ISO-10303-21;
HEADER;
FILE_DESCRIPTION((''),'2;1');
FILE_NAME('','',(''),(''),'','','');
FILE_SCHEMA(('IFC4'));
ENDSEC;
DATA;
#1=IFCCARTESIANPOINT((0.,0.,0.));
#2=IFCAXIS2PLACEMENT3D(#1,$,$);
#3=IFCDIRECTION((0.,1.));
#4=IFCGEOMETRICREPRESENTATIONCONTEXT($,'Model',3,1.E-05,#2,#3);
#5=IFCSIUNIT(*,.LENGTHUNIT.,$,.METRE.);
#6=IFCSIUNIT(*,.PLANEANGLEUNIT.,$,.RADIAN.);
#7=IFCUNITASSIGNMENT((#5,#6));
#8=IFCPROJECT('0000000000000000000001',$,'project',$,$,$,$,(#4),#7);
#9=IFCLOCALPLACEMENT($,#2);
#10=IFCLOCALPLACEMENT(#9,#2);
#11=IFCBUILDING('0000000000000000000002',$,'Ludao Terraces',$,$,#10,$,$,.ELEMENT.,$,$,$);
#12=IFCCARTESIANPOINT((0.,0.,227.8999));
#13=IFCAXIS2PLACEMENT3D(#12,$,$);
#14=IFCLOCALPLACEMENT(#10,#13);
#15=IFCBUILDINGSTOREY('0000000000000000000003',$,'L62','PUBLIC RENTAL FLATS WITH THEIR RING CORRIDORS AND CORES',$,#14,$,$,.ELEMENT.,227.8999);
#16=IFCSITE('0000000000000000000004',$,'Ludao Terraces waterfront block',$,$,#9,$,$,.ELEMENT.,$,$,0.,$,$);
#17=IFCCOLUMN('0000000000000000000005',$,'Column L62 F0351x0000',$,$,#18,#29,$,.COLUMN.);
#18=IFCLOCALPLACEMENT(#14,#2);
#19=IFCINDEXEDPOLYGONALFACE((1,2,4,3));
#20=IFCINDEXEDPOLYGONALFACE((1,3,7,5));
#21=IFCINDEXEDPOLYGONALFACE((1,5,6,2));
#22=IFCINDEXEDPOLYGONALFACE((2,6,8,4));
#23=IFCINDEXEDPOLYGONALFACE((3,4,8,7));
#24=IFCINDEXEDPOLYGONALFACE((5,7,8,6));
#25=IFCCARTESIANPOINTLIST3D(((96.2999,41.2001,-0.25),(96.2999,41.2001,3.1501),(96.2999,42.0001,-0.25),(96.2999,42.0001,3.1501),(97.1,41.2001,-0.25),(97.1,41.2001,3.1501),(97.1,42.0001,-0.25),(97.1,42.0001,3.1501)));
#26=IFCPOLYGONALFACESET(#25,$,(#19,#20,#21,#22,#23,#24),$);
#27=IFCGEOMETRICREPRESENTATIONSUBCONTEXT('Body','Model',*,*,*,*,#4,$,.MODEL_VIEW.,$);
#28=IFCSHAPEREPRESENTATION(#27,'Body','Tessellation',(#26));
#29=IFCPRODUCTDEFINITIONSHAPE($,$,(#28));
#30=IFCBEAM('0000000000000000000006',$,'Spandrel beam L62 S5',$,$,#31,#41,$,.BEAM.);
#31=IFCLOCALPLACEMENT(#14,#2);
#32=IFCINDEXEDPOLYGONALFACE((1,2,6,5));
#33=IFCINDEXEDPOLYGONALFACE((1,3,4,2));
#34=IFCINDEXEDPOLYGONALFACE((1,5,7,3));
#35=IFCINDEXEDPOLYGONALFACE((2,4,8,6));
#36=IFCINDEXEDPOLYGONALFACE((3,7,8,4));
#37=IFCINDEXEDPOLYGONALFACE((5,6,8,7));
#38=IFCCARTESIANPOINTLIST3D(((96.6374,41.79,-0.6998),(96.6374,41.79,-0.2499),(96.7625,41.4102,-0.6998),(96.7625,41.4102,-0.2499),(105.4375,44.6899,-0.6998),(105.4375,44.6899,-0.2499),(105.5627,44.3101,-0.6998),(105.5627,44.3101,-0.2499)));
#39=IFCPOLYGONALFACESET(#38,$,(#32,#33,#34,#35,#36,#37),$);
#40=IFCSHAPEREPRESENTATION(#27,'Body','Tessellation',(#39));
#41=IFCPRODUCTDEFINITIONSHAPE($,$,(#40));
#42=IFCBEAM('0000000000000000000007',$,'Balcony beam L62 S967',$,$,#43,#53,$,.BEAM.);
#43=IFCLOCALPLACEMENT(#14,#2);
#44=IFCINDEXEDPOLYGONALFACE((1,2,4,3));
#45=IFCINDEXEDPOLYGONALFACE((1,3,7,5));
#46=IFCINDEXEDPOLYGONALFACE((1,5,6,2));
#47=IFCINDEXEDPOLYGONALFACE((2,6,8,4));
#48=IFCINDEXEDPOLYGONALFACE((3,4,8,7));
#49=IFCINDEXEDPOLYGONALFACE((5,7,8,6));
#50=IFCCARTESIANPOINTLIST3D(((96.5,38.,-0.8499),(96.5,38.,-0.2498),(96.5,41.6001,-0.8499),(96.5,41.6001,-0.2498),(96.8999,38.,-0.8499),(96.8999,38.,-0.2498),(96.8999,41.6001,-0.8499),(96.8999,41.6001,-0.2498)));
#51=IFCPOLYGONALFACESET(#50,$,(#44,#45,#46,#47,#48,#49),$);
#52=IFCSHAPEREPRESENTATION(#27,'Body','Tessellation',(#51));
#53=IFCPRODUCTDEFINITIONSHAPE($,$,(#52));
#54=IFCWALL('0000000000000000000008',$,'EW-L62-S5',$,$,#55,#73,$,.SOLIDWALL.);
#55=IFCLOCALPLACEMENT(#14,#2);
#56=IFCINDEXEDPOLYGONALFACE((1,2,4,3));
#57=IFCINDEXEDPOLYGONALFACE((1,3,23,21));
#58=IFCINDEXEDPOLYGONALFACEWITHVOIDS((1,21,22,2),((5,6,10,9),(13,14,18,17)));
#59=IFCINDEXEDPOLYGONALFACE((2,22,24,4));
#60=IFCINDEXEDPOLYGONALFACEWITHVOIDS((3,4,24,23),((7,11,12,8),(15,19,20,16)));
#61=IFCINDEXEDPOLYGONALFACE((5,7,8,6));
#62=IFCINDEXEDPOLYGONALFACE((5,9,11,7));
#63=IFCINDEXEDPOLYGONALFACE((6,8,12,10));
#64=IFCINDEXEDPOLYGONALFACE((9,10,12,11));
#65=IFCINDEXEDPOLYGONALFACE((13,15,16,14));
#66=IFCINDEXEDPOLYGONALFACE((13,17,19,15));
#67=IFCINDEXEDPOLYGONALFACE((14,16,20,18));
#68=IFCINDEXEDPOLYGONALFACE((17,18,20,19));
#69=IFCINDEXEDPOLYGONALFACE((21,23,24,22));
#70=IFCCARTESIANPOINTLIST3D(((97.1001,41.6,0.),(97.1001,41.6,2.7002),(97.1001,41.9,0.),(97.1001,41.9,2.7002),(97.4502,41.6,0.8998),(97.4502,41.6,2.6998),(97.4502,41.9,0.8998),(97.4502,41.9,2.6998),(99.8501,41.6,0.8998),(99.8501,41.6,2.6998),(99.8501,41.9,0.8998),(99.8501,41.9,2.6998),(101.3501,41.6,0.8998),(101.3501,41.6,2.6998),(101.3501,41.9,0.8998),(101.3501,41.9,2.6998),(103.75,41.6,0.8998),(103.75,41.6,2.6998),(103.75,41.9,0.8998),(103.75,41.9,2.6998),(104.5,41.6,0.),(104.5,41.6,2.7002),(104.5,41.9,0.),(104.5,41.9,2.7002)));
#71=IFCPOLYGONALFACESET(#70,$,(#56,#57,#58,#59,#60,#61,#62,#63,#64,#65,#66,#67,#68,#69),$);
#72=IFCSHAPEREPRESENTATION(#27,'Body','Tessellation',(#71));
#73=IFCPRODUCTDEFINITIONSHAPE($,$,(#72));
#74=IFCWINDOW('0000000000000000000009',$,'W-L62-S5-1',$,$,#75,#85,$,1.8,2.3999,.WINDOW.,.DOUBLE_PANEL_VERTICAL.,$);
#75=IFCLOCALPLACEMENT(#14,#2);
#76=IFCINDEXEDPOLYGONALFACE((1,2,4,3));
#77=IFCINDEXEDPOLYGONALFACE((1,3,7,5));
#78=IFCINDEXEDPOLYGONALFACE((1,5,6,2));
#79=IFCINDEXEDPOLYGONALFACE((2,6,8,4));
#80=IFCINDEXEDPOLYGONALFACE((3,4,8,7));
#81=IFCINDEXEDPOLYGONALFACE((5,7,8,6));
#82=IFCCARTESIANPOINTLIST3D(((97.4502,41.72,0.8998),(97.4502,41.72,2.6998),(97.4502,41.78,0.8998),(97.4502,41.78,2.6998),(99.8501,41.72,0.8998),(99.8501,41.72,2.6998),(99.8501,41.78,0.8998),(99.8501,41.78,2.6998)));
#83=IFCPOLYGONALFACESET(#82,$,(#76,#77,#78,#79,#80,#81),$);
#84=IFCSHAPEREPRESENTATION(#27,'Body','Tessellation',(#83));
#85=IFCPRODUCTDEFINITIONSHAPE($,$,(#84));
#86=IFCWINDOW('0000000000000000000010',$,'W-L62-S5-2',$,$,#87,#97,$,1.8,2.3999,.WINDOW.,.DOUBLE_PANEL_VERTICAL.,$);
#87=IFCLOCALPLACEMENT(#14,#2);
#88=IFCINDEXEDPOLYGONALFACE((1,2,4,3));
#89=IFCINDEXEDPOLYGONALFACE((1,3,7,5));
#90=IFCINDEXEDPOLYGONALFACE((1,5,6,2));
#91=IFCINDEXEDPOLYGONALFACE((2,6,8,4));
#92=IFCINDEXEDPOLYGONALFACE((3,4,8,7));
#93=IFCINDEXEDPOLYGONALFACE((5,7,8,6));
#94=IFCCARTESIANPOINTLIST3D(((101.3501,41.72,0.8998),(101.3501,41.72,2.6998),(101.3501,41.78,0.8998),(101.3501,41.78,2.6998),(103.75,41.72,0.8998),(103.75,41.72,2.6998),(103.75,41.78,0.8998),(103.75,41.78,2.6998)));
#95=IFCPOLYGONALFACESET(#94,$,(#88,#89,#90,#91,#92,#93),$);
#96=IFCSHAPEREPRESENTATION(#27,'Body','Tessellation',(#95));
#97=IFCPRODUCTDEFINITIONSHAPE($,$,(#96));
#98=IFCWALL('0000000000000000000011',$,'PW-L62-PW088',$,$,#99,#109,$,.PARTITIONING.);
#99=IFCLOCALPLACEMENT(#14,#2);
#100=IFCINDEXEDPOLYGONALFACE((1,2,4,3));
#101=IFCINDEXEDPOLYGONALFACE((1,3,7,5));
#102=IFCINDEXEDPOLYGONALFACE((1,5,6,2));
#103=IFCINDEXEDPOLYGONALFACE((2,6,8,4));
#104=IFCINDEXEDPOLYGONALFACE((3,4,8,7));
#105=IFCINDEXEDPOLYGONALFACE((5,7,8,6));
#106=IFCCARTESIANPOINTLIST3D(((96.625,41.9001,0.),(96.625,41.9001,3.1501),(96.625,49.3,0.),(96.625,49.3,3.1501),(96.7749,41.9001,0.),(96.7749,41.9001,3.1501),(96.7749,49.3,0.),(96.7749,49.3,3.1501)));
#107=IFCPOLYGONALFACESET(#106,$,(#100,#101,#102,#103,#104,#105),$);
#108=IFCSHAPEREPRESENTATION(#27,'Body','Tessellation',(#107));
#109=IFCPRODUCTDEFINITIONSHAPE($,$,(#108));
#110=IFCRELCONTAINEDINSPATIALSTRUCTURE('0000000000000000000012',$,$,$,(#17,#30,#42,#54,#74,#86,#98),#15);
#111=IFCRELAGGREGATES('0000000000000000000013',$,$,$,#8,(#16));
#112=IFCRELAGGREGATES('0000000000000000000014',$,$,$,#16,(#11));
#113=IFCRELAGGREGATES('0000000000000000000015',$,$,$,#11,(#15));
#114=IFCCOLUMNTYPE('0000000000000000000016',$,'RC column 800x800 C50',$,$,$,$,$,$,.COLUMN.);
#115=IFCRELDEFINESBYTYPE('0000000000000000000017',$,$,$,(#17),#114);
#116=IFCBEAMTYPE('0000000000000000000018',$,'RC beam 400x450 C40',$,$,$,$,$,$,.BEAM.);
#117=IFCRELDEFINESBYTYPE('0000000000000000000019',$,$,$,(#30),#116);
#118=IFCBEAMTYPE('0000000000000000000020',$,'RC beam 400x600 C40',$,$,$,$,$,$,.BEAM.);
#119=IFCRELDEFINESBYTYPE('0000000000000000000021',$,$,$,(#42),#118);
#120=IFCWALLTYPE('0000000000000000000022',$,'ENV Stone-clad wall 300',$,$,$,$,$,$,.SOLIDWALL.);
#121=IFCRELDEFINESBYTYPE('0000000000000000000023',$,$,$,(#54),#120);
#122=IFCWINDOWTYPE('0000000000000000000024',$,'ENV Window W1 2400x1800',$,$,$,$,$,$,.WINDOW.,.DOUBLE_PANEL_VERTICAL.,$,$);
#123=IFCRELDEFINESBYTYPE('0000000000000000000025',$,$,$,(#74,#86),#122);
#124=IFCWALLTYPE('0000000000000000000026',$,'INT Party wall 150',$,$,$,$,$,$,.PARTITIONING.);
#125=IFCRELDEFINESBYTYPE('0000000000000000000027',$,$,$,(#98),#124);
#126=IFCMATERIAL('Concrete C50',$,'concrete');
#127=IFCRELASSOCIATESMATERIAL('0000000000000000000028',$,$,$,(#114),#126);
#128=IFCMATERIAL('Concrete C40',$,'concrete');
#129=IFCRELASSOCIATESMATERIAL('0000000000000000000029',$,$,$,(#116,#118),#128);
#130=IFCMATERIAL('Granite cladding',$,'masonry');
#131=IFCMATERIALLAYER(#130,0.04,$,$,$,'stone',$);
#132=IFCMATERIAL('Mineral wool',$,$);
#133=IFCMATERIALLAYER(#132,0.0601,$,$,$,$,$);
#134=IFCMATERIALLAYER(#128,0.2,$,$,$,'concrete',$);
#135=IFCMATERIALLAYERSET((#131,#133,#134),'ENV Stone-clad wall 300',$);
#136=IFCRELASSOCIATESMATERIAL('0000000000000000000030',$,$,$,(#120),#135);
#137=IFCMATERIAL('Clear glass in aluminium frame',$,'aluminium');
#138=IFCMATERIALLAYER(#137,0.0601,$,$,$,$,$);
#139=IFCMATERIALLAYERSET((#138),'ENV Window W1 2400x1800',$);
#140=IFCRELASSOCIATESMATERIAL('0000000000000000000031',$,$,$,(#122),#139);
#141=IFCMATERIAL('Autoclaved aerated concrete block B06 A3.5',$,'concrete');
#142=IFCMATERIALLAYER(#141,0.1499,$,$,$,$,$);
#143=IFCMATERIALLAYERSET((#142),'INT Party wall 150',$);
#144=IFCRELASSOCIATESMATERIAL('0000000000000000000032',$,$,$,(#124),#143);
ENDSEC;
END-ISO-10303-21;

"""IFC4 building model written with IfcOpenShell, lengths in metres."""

from ifc_helpers import new_model, si_unit, direction, frame, frame_2d, origin, origin_2d, place, context, subcontext, project, spatial, rectangle, extrude, material, layer, layer_set, material_profile, profile_set, type_object, element, fill, save


model = new_model("IFC4")

# Units and contexts
model_context = context("Model", 3, precision=1e-05, world=origin(), true_north=direction((0.0, 1.0)))
body_context = subcontext(model_context, "Body", "Model", "MODEL_VIEW")
ifc_project = project(units=[si_unit("LENGTHUNIT", "METRE"), si_unit("PLANEANGLEUNIT", "RADIAN")], contexts=[model_context])

# Site, building, storey
site_placement = place(None, origin())
site = spatial("IfcSite", under=ifc_project, at=site_placement, Name="Ludao Terraces waterfront block", CompositionType="ELEMENT", RefElevation=0.0)
building_placement = place(site_placement, origin())
building = spatial("IfcBuilding", under=site, at=building_placement, Name="Ludao Terraces", CompositionType="ELEMENT")
storey_placement = place(building_placement, frame((0.0, 0.0, 227.8999)))
storey = spatial("IfcBuildingStorey", under=building, at=storey_placement, Name="L62", Description="PUBLIC RENTAL FLATS WITH THEIR RING CORRIDORS AND CORES", CompositionType="ELEMENT", Elevation=227.8999)

# Column
ifc_material_1 = material(Name="Concrete C50", Category="concrete")
ifc_material_profile_1 = material_profile(ifc_material_1, rectangle(XDim=0.8, YDim=0.8, at=origin_2d()), Name="800 X 800")
ifc_profile_set_1 = profile_set([ifc_material_profile_1], Name="Concrete C50")
column_type = type_object("IfcColumnType", Name="RC column 800x800 C50", PredefinedType="COLUMN", material=ifc_profile_set_1)
column_placement = place(storey_placement, frame((96.7, 41.6001, -0.25), z_axis=(0.0, 0.0, 1.0), x_axis=(1.0, 0.0, 0.0)))
element("IfcColumn", 1, at=column_placement, inside=storey, type_object=column_type, Name="Column L62 F0351x0000", PredefinedType="COLUMN", context=body_context, shape_type="SweptSolid", body=[
    extrude(rectangle(XDim=0.8, YDim=0.8, at=origin_2d()), origin(), (0.0, 0.0, 1.0), 3.4001),
])

# Beams
ifc_material_2 = material(Name="Concrete C40", Category="concrete")
ifc_material_profile_2 = material_profile(ifc_material_2, rectangle(XDim=0.3999, YDim=0.45, at=origin_2d()), Name="400 X 450")
ifc_profile_set_2 = profile_set([ifc_material_profile_2], Name="Concrete C40")
beam_type_1 = type_object("IfcBeamType", Name="RC beam 400x450 C40", PredefinedType="BEAM", material=ifc_profile_set_2)
beam_1_placement = place(storey_placement, frame((96.7, 41.6001, -0.4749), z_axis=(0.949761, 0.312977, 0.0), x_axis=(-0.312977, 0.949761, 0.0)))
element("IfcBeam", 2, at=beam_1_placement, inside=storey, type_object=beam_type_1, Name="Spandrel beam L62 S5", PredefinedType="BEAM", context=body_context, shape_type="SweptSolid", body=[
    extrude(rectangle(XDim=0.3999, YDim=0.45, at=origin_2d()), origin(), (0.0, 0.0, 1.0), 9.2656),
])
ifc_material_profile_3 = material_profile(ifc_material_2, rectangle(XDim=0.3999, YDim=0.6001, at=origin_2d()), Name="400 X 600")
ifc_profile_set_3 = profile_set([ifc_material_profile_3], Name="Concrete C40")
beam_type_2 = type_object("IfcBeamType", Name="RC beam 400x600 C40", PredefinedType="BEAM", material=ifc_profile_set_3)
beam_2_placement = place(storey_placement, frame((96.7, 41.6001, -0.5498), z_axis=(0.0, -1.0, 0.0), x_axis=(1.0, 0.0, 0.0)))
element("IfcBeam", 3, at=beam_2_placement, inside=storey, type_object=beam_type_2, Name="Balcony beam L62 S967", PredefinedType="BEAM", context=body_context, shape_type="SweptSolid", body=[
    extrude(rectangle(XDim=0.3999, YDim=0.6001, at=origin_2d()), origin(), (0.0, 0.0, 1.0), 3.6001),
])

# Wall, openings, windows
ifc_material_3 = material(Name="Granite cladding", Category="masonry")
ifc_layer_1 = layer(ifc_material_3, 0.04, Category="stone")
ifc_material_4 = material(Name="Mineral wool")
ifc_layer_2 = layer(ifc_material_4, 0.0601)
ifc_layer_3 = layer(ifc_material_2, 0.2, Category="concrete")
ifc_layer_set_1 = layer_set([ifc_layer_1, ifc_layer_2, ifc_layer_3], Name="ENV Stone-clad wall 300")
wall_type_1 = type_object("IfcWallType", Name="ENV Stone-clad wall 300", PredefinedType="SOLIDWALL", material=ifc_layer_set_1)
wall_1_placement = place(storey_placement, frame((97.1001, 41.75, 0.0), z_axis=(0.0, 0.0, 1.0), x_axis=(1.0, 0.0, 0.0)))
wall_1 = element("IfcWall", 4, at=wall_1_placement, inside=storey, type_object=wall_type_1, Name="EW-L62-S5", PredefinedType="SOLIDWALL", context=body_context, shape_type="SweptSolid", body=[
    extrude(rectangle(XDim=7.3999, YDim=0.3, at=frame_2d((3.7, 0.0))), origin(), (0.0, 0.0, 1.0), 2.7002),
])
opening_1_placement = place(wall_1_placement, frame((0.3501, 0.0, 0.8999)))
opening_1 = element("IfcOpeningElement", 5, at=opening_1_placement, cuts=wall_1, PredefinedType="OPENING", context=body_context, shape_type="SweptSolid", body=[
    extrude(rectangle(XDim=2.3999, YDim=1.8, at=frame_2d((1.2, 0.8999))), frame((0.0, 0.1602, 0.0), z_axis=(0.0, -1.0, 0.0), x_axis=(1.0, 0.0, 0.0)), (0.0, 0.0, 1.0), 0.3201),
])
opening_2_placement = place(wall_1_placement, frame((4.25, 0.0, 0.8999)))
opening_2 = element("IfcOpeningElement", 6, at=opening_2_placement, cuts=wall_1, PredefinedType="OPENING", context=body_context, shape_type="SweptSolid", body=[
    extrude(rectangle(XDim=2.3999, YDim=1.8, at=frame_2d((1.2, 0.8999))), frame((0.0, 0.1602, 0.0), z_axis=(0.0, -1.0, 0.0), x_axis=(1.0, 0.0, 0.0)), (0.0, 0.0, 1.0), 0.3201),
])
ifc_material_5 = material(Name="Clear glass in aluminium frame", Category="aluminium")
ifc_layer_4 = layer(ifc_material_5, 0.0601)
ifc_layer_set_2 = layer_set([ifc_layer_4], Name="ENV Window W1 2400x1800")
window_type = type_object("IfcWindowType", Name="ENV Window W1 2400x1800", PartitioningType="DOUBLE_PANEL_VERTICAL", PredefinedType="WINDOW", material=ifc_layer_set_2)
window_1_placement = place(opening_1_placement, origin())
window_1 = element("IfcWindow", 7, at=window_1_placement, inside=storey, type_object=window_type, Name="W-L62-S5-1", OverallHeight=1.8, OverallWidth=2.3999, PartitioningType="DOUBLE_PANEL_VERTICAL", PredefinedType="WINDOW", context=body_context, shape_type="SweptSolid", body=[
    extrude(rectangle(XDim=2.3999, YDim=1.8, at=frame_2d((1.2, 0.8999))), frame((0.0, 0.03, 0.0), z_axis=(0.0, -1.0, 0.0), x_axis=(1.0, 0.0, 0.0)), (0.0, 0.0, 1.0), 0.0601),
])
fill(opening_1, window_1)
window_2_placement = place(opening_2_placement, origin())
window_2 = element("IfcWindow", 8, at=window_2_placement, inside=storey, type_object=window_type, Name="W-L62-S5-2", OverallHeight=1.8, OverallWidth=2.3999, PartitioningType="DOUBLE_PANEL_VERTICAL", PredefinedType="WINDOW", context=body_context, shape_type="SweptSolid", body=[
    extrude(rectangle(XDim=2.3999, YDim=1.8, at=frame_2d((1.2, 0.8999))), frame((0.0, 0.03, 0.0), z_axis=(0.0, -1.0, 0.0), x_axis=(1.0, 0.0, 0.0)), (0.0, 0.0, 1.0), 0.0601),
])
fill(opening_2, window_2)

# Wall
ifc_material_6 = material(Name="Autoclaved aerated concrete block B06 A3.5", Category="concrete")
ifc_layer_5 = layer(ifc_material_6, 0.1499)
ifc_layer_set_3 = layer_set([ifc_layer_5], Name="INT Party wall 150")
wall_type_2 = type_object("IfcWallType", Name="INT Party wall 150", PredefinedType="PARTITIONING", material=ifc_layer_set_3)
wall_2_placement = place(storey_placement, frame((96.7, 41.9001, 0.0), z_axis=(0.0, 0.0, 1.0), x_axis=(0.0, 1.0, 0.0)))
element("IfcWall", 9, at=wall_2_placement, inside=storey, type_object=wall_type_2, Name="PW-L62-PW088", PredefinedType="PARTITIONING", context=body_context, shape_type="SweptSolid", body=[
    extrude(rectangle(XDim=7.3999, YDim=0.1499, at=frame_2d((3.7, 0.0))), origin(), (0.0, 0.0, 1.0), 3.1501),
])

save(model, "model.ifc")
